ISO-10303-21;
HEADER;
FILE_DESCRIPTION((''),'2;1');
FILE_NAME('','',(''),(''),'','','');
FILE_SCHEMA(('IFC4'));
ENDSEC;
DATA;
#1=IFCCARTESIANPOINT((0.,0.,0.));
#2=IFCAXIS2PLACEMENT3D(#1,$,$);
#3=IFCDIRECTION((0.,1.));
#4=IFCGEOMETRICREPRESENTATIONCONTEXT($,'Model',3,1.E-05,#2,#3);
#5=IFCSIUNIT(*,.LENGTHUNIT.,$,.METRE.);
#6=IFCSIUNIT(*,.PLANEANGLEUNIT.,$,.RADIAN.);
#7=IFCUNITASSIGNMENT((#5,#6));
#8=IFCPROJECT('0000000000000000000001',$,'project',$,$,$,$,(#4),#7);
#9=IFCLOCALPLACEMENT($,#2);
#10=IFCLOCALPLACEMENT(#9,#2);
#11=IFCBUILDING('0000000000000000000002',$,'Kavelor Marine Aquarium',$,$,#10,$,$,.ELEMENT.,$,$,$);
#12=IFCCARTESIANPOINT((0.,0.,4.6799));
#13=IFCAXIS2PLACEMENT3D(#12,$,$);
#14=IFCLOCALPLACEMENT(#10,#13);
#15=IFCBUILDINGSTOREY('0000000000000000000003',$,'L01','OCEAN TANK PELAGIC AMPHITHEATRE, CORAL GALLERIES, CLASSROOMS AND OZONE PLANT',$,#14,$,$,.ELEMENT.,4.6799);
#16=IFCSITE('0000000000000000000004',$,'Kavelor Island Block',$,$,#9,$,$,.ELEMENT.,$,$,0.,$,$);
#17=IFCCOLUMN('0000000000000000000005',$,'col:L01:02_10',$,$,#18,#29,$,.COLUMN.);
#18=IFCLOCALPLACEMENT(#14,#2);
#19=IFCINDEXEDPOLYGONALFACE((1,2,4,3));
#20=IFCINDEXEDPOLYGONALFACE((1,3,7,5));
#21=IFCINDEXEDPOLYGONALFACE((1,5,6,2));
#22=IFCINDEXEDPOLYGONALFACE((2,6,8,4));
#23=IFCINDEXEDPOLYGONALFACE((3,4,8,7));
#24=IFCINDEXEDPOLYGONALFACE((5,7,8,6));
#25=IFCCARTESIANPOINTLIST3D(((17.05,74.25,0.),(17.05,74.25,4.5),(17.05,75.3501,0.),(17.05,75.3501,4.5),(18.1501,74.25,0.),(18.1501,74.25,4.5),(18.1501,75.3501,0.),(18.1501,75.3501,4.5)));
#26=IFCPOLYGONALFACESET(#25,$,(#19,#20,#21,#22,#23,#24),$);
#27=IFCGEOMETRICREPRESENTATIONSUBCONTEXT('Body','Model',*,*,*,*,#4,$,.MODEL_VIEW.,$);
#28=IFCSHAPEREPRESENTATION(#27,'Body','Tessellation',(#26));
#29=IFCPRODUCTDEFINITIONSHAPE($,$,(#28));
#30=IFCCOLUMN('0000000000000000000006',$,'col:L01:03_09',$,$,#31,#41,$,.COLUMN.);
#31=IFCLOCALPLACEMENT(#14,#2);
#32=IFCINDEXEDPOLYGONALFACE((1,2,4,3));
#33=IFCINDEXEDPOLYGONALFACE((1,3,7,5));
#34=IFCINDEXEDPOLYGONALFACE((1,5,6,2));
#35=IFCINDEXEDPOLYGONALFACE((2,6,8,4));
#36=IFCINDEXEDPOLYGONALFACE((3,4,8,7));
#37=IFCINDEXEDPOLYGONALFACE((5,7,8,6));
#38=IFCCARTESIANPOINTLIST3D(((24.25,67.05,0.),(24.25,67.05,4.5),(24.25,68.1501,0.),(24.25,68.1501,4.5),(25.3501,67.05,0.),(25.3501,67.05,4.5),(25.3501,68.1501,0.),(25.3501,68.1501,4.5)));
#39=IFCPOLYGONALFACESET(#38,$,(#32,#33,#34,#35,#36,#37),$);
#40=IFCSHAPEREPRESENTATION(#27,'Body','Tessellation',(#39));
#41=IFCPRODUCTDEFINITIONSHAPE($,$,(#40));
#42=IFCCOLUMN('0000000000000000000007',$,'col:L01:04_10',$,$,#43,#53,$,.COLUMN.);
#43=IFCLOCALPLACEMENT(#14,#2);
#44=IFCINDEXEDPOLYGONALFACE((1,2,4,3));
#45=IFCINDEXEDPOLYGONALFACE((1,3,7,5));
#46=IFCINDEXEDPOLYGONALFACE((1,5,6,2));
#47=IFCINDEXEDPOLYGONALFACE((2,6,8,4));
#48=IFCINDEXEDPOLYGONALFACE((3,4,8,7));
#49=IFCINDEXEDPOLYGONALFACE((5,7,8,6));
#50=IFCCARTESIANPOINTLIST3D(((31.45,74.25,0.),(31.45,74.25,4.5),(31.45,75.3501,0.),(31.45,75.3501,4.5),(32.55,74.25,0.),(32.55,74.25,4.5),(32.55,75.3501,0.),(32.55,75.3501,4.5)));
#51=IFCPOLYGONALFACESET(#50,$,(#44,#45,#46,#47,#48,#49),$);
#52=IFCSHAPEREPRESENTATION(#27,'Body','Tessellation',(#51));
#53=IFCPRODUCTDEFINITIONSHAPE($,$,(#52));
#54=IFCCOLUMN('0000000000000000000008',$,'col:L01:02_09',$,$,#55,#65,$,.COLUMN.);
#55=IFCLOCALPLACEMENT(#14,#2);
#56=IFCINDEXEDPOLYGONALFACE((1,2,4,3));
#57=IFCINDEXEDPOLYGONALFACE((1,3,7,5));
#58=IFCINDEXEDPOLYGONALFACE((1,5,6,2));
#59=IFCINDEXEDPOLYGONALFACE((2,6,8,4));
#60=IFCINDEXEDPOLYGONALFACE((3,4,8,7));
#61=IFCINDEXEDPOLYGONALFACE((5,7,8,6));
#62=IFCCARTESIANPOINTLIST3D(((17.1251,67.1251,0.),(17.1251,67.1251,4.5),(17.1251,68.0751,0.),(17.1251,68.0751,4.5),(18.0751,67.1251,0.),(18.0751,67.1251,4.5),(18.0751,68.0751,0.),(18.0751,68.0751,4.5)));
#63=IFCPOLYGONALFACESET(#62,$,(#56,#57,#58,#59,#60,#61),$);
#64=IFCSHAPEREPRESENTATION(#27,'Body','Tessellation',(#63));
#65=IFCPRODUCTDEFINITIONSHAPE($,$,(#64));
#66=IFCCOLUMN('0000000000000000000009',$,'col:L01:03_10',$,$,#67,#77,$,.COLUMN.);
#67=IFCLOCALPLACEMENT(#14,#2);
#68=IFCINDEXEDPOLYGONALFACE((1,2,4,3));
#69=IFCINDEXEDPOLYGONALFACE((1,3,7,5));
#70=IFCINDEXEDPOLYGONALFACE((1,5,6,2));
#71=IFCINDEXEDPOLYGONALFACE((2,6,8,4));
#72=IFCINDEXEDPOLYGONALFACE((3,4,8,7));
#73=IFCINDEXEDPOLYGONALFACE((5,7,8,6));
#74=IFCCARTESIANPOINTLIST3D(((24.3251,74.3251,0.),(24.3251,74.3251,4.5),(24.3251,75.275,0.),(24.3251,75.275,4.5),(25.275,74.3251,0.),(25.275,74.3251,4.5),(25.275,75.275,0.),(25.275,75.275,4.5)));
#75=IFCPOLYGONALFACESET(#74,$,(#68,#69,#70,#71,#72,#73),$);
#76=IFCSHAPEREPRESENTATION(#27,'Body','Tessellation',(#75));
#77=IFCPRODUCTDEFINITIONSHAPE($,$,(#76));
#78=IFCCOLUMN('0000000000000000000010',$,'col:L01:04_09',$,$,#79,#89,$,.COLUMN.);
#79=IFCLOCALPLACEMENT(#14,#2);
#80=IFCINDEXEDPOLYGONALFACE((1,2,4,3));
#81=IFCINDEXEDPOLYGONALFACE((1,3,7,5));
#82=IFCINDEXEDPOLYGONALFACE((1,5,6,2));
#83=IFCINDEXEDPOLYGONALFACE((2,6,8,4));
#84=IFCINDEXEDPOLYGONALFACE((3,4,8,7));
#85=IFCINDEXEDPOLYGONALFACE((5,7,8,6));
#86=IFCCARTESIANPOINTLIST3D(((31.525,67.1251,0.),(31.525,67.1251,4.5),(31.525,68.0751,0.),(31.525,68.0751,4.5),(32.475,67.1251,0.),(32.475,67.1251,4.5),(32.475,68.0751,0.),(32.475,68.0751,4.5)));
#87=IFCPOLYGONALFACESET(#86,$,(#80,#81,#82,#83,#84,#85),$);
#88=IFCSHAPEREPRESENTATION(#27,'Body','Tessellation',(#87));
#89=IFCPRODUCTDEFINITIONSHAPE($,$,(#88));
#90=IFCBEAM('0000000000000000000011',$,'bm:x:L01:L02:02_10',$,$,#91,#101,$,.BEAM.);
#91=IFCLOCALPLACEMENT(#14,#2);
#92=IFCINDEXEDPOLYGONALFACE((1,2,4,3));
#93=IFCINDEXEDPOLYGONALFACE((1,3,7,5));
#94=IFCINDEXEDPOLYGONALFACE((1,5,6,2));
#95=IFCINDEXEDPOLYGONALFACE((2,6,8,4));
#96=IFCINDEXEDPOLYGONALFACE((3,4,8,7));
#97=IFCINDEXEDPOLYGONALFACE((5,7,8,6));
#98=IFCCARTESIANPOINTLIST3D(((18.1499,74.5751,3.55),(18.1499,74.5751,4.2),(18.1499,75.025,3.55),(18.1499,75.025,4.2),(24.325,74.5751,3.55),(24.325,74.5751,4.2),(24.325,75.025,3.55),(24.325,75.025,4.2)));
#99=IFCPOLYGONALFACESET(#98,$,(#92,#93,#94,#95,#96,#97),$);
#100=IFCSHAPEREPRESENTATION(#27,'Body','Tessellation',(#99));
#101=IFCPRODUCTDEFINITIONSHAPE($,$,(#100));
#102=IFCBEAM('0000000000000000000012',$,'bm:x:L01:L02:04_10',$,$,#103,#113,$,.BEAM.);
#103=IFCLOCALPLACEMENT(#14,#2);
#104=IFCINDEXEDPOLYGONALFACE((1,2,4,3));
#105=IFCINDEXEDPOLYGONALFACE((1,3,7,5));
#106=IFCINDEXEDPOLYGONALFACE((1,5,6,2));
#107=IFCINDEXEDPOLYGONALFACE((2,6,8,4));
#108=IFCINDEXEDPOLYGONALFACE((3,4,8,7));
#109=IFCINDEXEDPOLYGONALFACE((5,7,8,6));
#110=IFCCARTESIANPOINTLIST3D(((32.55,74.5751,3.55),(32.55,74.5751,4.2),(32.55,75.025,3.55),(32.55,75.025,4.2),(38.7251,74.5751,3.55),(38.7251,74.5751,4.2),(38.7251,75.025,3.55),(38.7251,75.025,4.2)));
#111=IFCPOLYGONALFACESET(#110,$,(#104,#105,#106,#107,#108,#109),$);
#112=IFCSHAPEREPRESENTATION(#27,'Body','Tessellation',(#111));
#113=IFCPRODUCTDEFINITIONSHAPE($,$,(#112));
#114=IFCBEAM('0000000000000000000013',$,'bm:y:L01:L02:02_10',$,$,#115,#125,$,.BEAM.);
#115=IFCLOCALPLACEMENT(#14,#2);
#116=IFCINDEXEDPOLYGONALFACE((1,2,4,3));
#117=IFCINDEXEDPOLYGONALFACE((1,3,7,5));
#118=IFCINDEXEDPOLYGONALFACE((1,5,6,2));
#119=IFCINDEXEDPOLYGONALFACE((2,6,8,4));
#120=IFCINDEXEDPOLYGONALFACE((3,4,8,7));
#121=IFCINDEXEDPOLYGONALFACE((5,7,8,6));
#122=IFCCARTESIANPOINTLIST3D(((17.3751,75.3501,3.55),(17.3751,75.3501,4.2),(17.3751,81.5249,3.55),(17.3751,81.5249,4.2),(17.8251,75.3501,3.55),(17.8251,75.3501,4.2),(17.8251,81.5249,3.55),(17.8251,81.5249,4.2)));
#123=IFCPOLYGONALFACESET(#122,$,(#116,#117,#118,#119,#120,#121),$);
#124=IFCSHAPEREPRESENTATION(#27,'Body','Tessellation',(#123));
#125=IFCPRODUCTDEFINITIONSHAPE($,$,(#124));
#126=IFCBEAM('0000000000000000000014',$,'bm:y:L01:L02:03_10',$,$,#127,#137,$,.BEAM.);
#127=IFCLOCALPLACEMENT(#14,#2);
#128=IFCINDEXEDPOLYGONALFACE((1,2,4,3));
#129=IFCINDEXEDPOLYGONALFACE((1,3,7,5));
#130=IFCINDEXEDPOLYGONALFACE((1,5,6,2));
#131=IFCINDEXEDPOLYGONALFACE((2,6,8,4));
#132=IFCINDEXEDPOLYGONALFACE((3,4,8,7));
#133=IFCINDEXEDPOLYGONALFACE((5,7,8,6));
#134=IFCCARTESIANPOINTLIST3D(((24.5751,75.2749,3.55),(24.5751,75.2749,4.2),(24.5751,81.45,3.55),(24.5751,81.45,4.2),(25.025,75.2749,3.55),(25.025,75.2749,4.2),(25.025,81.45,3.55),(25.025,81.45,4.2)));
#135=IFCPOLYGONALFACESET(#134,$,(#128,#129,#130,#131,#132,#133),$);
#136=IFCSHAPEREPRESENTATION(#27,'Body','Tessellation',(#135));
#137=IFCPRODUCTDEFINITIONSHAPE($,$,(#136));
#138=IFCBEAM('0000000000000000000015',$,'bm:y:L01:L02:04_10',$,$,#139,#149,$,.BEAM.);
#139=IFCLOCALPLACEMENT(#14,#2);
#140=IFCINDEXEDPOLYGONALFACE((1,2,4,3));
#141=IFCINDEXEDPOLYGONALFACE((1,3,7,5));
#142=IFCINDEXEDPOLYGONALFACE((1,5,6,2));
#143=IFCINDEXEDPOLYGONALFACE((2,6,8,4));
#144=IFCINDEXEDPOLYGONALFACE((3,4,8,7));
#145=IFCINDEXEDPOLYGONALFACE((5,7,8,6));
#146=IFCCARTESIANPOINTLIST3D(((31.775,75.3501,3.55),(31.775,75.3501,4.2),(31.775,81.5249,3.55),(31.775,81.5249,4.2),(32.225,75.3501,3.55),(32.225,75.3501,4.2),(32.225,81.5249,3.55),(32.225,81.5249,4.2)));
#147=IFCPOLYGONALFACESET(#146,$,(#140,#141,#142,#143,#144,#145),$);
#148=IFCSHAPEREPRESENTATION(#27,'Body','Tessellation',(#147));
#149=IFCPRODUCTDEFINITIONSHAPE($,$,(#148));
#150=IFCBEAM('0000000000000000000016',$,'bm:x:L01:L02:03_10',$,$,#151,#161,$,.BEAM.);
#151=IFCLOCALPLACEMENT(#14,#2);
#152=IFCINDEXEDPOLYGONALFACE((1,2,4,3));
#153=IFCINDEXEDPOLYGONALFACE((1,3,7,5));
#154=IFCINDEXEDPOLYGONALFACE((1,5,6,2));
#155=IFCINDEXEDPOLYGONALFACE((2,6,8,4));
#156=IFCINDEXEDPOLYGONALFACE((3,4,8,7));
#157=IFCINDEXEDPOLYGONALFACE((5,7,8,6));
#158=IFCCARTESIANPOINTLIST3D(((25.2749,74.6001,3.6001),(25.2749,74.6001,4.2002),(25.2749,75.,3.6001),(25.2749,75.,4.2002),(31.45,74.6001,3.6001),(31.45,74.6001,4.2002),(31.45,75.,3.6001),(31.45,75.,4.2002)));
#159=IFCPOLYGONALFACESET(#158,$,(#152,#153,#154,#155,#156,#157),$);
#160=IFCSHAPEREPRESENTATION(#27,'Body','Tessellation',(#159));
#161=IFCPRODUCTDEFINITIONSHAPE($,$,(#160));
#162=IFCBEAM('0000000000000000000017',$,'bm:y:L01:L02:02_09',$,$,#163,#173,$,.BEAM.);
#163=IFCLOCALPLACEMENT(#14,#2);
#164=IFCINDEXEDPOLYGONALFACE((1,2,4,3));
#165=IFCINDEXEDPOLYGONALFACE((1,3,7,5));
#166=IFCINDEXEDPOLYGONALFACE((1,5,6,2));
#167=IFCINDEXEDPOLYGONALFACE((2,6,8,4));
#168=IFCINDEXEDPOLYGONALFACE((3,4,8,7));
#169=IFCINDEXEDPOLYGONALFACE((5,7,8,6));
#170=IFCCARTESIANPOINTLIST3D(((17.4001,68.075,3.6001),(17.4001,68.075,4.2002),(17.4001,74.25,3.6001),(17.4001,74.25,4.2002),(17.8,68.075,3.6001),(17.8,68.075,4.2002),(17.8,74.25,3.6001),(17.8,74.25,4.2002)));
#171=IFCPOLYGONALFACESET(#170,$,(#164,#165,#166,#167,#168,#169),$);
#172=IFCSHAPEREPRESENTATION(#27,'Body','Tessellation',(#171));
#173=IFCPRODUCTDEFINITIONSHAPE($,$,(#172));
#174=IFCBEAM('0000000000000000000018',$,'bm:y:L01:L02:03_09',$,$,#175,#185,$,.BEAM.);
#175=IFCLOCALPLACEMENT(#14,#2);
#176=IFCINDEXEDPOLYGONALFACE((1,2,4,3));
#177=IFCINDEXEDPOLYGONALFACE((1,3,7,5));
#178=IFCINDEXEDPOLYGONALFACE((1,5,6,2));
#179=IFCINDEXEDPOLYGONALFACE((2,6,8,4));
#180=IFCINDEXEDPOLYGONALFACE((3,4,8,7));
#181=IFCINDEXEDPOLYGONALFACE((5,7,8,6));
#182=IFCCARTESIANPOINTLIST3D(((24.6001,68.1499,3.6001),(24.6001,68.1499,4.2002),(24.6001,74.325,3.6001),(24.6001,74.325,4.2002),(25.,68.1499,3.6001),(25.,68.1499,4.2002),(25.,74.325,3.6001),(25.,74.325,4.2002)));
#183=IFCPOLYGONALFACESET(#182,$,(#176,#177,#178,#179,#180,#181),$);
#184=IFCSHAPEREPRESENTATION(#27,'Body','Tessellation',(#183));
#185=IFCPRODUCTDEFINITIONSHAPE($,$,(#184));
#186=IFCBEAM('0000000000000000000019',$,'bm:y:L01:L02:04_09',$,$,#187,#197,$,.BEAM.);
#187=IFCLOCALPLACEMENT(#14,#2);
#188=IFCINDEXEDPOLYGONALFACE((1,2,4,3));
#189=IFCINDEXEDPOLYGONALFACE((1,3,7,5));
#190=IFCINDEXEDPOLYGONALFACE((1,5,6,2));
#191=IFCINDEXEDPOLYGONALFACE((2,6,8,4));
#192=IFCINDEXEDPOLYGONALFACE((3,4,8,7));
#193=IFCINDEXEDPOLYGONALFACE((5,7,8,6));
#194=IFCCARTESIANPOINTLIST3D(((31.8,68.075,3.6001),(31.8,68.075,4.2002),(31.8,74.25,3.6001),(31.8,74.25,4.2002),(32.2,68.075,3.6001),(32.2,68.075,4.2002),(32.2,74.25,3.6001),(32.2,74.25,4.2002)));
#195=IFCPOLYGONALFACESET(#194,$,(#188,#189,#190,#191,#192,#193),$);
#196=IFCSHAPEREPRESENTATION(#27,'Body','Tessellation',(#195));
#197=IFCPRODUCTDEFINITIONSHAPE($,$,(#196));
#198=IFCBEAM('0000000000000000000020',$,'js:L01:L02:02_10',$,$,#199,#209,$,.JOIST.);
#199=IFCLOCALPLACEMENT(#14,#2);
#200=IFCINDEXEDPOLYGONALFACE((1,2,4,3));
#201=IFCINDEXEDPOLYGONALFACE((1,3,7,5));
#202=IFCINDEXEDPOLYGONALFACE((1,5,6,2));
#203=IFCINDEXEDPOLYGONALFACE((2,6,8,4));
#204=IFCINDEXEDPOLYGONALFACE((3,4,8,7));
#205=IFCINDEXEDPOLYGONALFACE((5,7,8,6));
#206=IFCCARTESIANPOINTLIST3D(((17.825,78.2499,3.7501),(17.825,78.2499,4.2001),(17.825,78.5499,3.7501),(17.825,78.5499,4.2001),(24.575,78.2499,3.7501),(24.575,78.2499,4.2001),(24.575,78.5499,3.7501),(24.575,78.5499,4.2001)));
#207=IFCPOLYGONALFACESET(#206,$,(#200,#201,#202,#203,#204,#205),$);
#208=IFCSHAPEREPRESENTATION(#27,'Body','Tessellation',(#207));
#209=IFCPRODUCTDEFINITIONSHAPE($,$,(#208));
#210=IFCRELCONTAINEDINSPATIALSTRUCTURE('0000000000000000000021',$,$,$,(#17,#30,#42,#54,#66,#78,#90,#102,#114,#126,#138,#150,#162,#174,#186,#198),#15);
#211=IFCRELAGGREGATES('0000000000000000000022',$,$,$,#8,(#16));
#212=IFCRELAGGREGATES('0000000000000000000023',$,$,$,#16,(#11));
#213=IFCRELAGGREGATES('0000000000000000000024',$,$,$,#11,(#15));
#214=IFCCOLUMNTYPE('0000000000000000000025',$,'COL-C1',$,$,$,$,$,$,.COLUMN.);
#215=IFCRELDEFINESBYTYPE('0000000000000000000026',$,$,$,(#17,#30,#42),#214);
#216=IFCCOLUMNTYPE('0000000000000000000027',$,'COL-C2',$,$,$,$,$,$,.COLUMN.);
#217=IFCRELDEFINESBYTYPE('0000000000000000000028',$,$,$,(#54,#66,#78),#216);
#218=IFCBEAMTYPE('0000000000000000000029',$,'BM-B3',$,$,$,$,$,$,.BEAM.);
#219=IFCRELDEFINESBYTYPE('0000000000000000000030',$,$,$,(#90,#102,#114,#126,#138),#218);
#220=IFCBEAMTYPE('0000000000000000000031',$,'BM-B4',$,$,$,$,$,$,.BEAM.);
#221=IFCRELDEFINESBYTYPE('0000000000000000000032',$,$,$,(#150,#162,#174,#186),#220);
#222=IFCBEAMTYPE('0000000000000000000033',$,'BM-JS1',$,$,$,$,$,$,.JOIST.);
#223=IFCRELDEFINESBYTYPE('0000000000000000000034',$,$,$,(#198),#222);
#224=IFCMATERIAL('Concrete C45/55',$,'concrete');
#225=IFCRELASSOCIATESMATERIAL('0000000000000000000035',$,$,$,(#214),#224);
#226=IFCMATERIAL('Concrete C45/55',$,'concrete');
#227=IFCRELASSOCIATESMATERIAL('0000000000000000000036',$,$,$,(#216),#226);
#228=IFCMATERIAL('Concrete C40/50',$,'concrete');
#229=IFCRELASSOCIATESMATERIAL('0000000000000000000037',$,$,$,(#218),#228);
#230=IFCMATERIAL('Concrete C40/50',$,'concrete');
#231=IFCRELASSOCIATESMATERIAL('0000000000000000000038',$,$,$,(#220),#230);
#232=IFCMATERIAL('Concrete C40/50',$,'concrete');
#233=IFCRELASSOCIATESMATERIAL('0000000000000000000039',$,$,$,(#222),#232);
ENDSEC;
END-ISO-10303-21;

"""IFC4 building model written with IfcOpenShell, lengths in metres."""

from ifc_helpers import new_model, si_unit, direction, frame, origin, origin_2d, place, context, subcontext, project, spatial, rectangle, extrude, material, material_profile, profile_set, type_object, element, save


model = new_model("IFC4")

# Units and contexts
model_context = context("Model", 3, precision=1e-05, world=origin(), true_north=direction((0.0, 1.0)))
body_context = subcontext(model_context, "Body", "Model", "MODEL_VIEW")
ifc_project = project(units=[si_unit("LENGTHUNIT", "METRE"), si_unit("PLANEANGLEUNIT", "RADIAN")], contexts=[model_context])

# Site, building, storey
site_placement = place(None, origin())
site = spatial("IfcSite", under=ifc_project, at=site_placement, Name="Kavelor Island Block", CompositionType="ELEMENT", RefElevation=0.0)
building_placement = place(site_placement, origin())
building = spatial("IfcBuilding", under=site, at=building_placement, Name="Kavelor Marine Aquarium", CompositionType="ELEMENT")
storey_placement = place(building_placement, frame((0.0, 0.0, 4.6799)))
storey = spatial("IfcBuildingStorey", under=building, at=storey_placement, Name="L01", Description="OCEAN TANK PELAGIC AMPHITHEATRE, CORAL GALLERIES, CLASSROOMS AND OZONE PLANT", CompositionType="ELEMENT", Elevation=4.6799)

# Columns
ifc_material_1 = material(Name="Concrete C45/55", Category="concrete")
ifc_material_profile_1 = material_profile(ifc_material_1, rectangle(XDim=1.1001, YDim=1.1001, at=origin_2d()), Name="RC-COL 1100x1100")
ifc_profile_set_1 = profile_set([ifc_material_profile_1], Name="Concrete C45/55")
column_type_1 = type_object("IfcColumnType", Name="COL-C1", PredefinedType="COLUMN", material=ifc_profile_set_1)
for number, where, z_axis, x_axis, name in (
    (1, (17.6001, 74.8, 0.0), (0.0, 0.0, 1.0), (1.0, 0.0, 0.0), "col:L01:02_10"),
    (2, (24.8, 67.6001, 0.0), (0.0, 0.0, 1.0), (1.0, 0.0, 0.0), "col:L01:03_09"),
    (3, (32.0, 74.8, 0.0), (0.0, 0.0, 1.0), (1.0, 0.0, 0.0), "col:L01:04_10"),
):
    element("IfcColumn", number, at=place(storey_placement, frame(where, z_axis=z_axis, x_axis=x_axis)), inside=storey, type_object=column_type_1, Name=name, PredefinedType="COLUMN", context=body_context, shape_type="SweptSolid", body=[
        extrude(rectangle(XDim=1.1001, YDim=1.1001, at=origin_2d()), origin(), (0.0, 0.0, 1.0), 4.5),
    ])
ifc_material_2 = material(Name="Concrete C45/55", Category="concrete")
ifc_material_profile_2 = material_profile(ifc_material_2, rectangle(XDim=0.95, YDim=0.95, at=origin_2d()), Name="RC-COL 950x950")
ifc_profile_set_2 = profile_set([ifc_material_profile_2], Name="Concrete C45/55")
column_type_2 = type_object("IfcColumnType", Name="COL-C2", PredefinedType="COLUMN", material=ifc_profile_set_2)
for number, where, z_axis, x_axis, name in (
    (4, (17.6001, 67.6001, 0.0), (0.0, 0.0, 1.0), (1.0, 0.0, 0.0), "col:L01:02_09"),
    (5, (24.8, 74.8, 0.0), (0.0, 0.0, 1.0), (1.0, 0.0, 0.0), "col:L01:03_10"),
    (6, (32.0, 67.6001, 0.0), (0.0, 0.0, 1.0), (1.0, 0.0, 0.0), "col:L01:04_09"),
):
    element("IfcColumn", number, at=place(storey_placement, frame(where, z_axis=z_axis, x_axis=x_axis)), inside=storey, type_object=column_type_2, Name=name, PredefinedType="COLUMN", context=body_context, shape_type="SweptSolid", body=[
        extrude(rectangle(XDim=0.95, YDim=0.95, at=origin_2d()), origin(), (0.0, 0.0, 1.0), 4.5),
    ])

# Beams
ifc_material_3 = material(Name="Concrete C40/50", Category="concrete")
ifc_material_profile_3 = material_profile(ifc_material_3, rectangle(XDim=0.45, YDim=0.6499, at=origin_2d()), Name="RC-BM 450x650")
ifc_profile_set_3 = profile_set([ifc_material_profile_3], Name="Concrete C40/50")
beam_type_1 = type_object("IfcBeamType", Name="BM-B3", PredefinedType="BEAM", material=ifc_profile_set_3)
for number, where, z_axis, x_axis, name in (
    (7, (18.1499, 74.8, 3.875), (1.0, 0.0, 0.0), (0.0, 1.0, 0.0), "bm:x:L01:L02:02_10"),
    (8, (32.55, 74.8, 3.875), (1.0, 0.0, 0.0), (0.0, 1.0, 0.0), "bm:x:L01:L02:04_10"),
):
    element("IfcBeam", number, at=place(storey_placement, frame(where, z_axis=z_axis, x_axis=x_axis)), inside=storey, type_object=beam_type_1, Name=name, PredefinedType="BEAM", context=body_context, shape_type="SweptSolid", body=[
        extrude(rectangle(XDim=0.45, YDim=0.6499, at=origin_2d()), origin(), (0.0, 0.0, 1.0), 6.175),
    ])
beam_1_placement = place(storey_placement, frame((17.6001, 75.3501, 3.875), z_axis=(0.0, 1.0, 0.0), x_axis=(-1.0, 0.0, 0.0)))
element("IfcBeam", 9, at=beam_1_placement, inside=storey, type_object=beam_type_1, Name="bm:y:L01:L02:02_10", PredefinedType="BEAM", context=body_context, shape_type="SweptSolid", body=[
    extrude(rectangle(XDim=0.45, YDim=0.6499, at=origin_2d()), origin(), (0.0, 0.0, 1.0), 6.1748),
])
beam_2_placement = place(storey_placement, frame((24.8, 75.2749, 3.875), z_axis=(0.0, 1.0, 0.0), x_axis=(-1.0, 0.0, 0.0)))
element("IfcBeam", 10, at=beam_2_placement, inside=storey, type_object=beam_type_1, Name="bm:y:L01:L02:03_10", PredefinedType="BEAM", context=body_context, shape_type="SweptSolid", body=[
    extrude(rectangle(XDim=0.45, YDim=0.6499, at=origin_2d()), origin(), (0.0, 0.0, 1.0), 6.175),
])
beam_3_placement = place(storey_placement, frame((32.0, 75.3501, 3.875), z_axis=(0.0, 1.0, 0.0), x_axis=(-1.0, 0.0, 0.0)))
element("IfcBeam", 11, at=beam_3_placement, inside=storey, type_object=beam_type_1, Name="bm:y:L01:L02:04_10", PredefinedType="BEAM", context=body_context, shape_type="SweptSolid", body=[
    extrude(rectangle(XDim=0.45, YDim=0.6499, at=origin_2d()), origin(), (0.0, 0.0, 1.0), 6.1748),
])
ifc_material_4 = material(Name="Concrete C40/50", Category="concrete")
ifc_material_profile_4 = material_profile(ifc_material_4, rectangle(XDim=0.3999, YDim=0.6001, at=origin_2d()), Name="RC-BM 400x600")
ifc_profile_set_4 = profile_set([ifc_material_profile_4], Name="Concrete C40/50")
beam_type_2 = type_object("IfcBeamType", Name="BM-B4", PredefinedType="BEAM", material=ifc_profile_set_4)
for number, where, z_axis, x_axis, name in (
    (12, (25.2749, 74.8, 3.9001), (1.0, 0.0, 0.0), (0.0, 1.0, 0.0), "bm:x:L01:L02:03_10"),
    (13, (17.6001, 68.075, 3.9001), (0.0, 1.0, 0.0), (-1.0, 0.0, 0.0), "bm:y:L01:L02:02_09"),
    (14, (24.8, 68.1499, 3.9001), (0.0, 1.0, 0.0), (-1.0, 0.0, 0.0), "bm:y:L01:L02:03_09"),
    (15, (32.0, 68.075, 3.9001), (0.0, 1.0, 0.0), (-1.0, 0.0, 0.0), "bm:y:L01:L02:04_09"),
):
    element("IfcBeam", number, at=place(storey_placement, frame(where, z_axis=z_axis, x_axis=x_axis)), inside=storey, type_object=beam_type_2, Name=name, PredefinedType="BEAM", context=body_context, shape_type="SweptSolid", body=[
        extrude(rectangle(XDim=0.3999, YDim=0.6001, at=origin_2d()), origin(), (0.0, 0.0, 1.0), 6.175),
    ])
ifc_material_5 = material(Name="Concrete C40/50", Category="concrete")
ifc_material_profile_5 = material_profile(ifc_material_5, rectangle(XDim=0.3, YDim=0.45, at=origin_2d()), Name="RC-JS 300x450")
ifc_profile_set_5 = profile_set([ifc_material_profile_5], Name="Concrete C40/50")
beam_type_3 = type_object("IfcBeamType", Name="BM-JS1", PredefinedType="JOIST", material=ifc_profile_set_5)
beam_4_placement = place(storey_placement, frame((17.825, 78.3999, 3.9751), z_axis=(1.0, 0.0, 0.0), x_axis=(0.0, 1.0, 0.0)))
element("IfcBeam", 16, at=beam_4_placement, inside=storey, type_object=beam_type_3, Name="js:L01:L02:02_10", PredefinedType="JOIST", context=body_context, shape_type="SweptSolid", body=[
    extrude(rectangle(XDim=0.3, YDim=0.45, at=origin_2d()), origin(), (0.0, 0.0, 1.0), 6.75),
])

save(model, "model.ifc")
